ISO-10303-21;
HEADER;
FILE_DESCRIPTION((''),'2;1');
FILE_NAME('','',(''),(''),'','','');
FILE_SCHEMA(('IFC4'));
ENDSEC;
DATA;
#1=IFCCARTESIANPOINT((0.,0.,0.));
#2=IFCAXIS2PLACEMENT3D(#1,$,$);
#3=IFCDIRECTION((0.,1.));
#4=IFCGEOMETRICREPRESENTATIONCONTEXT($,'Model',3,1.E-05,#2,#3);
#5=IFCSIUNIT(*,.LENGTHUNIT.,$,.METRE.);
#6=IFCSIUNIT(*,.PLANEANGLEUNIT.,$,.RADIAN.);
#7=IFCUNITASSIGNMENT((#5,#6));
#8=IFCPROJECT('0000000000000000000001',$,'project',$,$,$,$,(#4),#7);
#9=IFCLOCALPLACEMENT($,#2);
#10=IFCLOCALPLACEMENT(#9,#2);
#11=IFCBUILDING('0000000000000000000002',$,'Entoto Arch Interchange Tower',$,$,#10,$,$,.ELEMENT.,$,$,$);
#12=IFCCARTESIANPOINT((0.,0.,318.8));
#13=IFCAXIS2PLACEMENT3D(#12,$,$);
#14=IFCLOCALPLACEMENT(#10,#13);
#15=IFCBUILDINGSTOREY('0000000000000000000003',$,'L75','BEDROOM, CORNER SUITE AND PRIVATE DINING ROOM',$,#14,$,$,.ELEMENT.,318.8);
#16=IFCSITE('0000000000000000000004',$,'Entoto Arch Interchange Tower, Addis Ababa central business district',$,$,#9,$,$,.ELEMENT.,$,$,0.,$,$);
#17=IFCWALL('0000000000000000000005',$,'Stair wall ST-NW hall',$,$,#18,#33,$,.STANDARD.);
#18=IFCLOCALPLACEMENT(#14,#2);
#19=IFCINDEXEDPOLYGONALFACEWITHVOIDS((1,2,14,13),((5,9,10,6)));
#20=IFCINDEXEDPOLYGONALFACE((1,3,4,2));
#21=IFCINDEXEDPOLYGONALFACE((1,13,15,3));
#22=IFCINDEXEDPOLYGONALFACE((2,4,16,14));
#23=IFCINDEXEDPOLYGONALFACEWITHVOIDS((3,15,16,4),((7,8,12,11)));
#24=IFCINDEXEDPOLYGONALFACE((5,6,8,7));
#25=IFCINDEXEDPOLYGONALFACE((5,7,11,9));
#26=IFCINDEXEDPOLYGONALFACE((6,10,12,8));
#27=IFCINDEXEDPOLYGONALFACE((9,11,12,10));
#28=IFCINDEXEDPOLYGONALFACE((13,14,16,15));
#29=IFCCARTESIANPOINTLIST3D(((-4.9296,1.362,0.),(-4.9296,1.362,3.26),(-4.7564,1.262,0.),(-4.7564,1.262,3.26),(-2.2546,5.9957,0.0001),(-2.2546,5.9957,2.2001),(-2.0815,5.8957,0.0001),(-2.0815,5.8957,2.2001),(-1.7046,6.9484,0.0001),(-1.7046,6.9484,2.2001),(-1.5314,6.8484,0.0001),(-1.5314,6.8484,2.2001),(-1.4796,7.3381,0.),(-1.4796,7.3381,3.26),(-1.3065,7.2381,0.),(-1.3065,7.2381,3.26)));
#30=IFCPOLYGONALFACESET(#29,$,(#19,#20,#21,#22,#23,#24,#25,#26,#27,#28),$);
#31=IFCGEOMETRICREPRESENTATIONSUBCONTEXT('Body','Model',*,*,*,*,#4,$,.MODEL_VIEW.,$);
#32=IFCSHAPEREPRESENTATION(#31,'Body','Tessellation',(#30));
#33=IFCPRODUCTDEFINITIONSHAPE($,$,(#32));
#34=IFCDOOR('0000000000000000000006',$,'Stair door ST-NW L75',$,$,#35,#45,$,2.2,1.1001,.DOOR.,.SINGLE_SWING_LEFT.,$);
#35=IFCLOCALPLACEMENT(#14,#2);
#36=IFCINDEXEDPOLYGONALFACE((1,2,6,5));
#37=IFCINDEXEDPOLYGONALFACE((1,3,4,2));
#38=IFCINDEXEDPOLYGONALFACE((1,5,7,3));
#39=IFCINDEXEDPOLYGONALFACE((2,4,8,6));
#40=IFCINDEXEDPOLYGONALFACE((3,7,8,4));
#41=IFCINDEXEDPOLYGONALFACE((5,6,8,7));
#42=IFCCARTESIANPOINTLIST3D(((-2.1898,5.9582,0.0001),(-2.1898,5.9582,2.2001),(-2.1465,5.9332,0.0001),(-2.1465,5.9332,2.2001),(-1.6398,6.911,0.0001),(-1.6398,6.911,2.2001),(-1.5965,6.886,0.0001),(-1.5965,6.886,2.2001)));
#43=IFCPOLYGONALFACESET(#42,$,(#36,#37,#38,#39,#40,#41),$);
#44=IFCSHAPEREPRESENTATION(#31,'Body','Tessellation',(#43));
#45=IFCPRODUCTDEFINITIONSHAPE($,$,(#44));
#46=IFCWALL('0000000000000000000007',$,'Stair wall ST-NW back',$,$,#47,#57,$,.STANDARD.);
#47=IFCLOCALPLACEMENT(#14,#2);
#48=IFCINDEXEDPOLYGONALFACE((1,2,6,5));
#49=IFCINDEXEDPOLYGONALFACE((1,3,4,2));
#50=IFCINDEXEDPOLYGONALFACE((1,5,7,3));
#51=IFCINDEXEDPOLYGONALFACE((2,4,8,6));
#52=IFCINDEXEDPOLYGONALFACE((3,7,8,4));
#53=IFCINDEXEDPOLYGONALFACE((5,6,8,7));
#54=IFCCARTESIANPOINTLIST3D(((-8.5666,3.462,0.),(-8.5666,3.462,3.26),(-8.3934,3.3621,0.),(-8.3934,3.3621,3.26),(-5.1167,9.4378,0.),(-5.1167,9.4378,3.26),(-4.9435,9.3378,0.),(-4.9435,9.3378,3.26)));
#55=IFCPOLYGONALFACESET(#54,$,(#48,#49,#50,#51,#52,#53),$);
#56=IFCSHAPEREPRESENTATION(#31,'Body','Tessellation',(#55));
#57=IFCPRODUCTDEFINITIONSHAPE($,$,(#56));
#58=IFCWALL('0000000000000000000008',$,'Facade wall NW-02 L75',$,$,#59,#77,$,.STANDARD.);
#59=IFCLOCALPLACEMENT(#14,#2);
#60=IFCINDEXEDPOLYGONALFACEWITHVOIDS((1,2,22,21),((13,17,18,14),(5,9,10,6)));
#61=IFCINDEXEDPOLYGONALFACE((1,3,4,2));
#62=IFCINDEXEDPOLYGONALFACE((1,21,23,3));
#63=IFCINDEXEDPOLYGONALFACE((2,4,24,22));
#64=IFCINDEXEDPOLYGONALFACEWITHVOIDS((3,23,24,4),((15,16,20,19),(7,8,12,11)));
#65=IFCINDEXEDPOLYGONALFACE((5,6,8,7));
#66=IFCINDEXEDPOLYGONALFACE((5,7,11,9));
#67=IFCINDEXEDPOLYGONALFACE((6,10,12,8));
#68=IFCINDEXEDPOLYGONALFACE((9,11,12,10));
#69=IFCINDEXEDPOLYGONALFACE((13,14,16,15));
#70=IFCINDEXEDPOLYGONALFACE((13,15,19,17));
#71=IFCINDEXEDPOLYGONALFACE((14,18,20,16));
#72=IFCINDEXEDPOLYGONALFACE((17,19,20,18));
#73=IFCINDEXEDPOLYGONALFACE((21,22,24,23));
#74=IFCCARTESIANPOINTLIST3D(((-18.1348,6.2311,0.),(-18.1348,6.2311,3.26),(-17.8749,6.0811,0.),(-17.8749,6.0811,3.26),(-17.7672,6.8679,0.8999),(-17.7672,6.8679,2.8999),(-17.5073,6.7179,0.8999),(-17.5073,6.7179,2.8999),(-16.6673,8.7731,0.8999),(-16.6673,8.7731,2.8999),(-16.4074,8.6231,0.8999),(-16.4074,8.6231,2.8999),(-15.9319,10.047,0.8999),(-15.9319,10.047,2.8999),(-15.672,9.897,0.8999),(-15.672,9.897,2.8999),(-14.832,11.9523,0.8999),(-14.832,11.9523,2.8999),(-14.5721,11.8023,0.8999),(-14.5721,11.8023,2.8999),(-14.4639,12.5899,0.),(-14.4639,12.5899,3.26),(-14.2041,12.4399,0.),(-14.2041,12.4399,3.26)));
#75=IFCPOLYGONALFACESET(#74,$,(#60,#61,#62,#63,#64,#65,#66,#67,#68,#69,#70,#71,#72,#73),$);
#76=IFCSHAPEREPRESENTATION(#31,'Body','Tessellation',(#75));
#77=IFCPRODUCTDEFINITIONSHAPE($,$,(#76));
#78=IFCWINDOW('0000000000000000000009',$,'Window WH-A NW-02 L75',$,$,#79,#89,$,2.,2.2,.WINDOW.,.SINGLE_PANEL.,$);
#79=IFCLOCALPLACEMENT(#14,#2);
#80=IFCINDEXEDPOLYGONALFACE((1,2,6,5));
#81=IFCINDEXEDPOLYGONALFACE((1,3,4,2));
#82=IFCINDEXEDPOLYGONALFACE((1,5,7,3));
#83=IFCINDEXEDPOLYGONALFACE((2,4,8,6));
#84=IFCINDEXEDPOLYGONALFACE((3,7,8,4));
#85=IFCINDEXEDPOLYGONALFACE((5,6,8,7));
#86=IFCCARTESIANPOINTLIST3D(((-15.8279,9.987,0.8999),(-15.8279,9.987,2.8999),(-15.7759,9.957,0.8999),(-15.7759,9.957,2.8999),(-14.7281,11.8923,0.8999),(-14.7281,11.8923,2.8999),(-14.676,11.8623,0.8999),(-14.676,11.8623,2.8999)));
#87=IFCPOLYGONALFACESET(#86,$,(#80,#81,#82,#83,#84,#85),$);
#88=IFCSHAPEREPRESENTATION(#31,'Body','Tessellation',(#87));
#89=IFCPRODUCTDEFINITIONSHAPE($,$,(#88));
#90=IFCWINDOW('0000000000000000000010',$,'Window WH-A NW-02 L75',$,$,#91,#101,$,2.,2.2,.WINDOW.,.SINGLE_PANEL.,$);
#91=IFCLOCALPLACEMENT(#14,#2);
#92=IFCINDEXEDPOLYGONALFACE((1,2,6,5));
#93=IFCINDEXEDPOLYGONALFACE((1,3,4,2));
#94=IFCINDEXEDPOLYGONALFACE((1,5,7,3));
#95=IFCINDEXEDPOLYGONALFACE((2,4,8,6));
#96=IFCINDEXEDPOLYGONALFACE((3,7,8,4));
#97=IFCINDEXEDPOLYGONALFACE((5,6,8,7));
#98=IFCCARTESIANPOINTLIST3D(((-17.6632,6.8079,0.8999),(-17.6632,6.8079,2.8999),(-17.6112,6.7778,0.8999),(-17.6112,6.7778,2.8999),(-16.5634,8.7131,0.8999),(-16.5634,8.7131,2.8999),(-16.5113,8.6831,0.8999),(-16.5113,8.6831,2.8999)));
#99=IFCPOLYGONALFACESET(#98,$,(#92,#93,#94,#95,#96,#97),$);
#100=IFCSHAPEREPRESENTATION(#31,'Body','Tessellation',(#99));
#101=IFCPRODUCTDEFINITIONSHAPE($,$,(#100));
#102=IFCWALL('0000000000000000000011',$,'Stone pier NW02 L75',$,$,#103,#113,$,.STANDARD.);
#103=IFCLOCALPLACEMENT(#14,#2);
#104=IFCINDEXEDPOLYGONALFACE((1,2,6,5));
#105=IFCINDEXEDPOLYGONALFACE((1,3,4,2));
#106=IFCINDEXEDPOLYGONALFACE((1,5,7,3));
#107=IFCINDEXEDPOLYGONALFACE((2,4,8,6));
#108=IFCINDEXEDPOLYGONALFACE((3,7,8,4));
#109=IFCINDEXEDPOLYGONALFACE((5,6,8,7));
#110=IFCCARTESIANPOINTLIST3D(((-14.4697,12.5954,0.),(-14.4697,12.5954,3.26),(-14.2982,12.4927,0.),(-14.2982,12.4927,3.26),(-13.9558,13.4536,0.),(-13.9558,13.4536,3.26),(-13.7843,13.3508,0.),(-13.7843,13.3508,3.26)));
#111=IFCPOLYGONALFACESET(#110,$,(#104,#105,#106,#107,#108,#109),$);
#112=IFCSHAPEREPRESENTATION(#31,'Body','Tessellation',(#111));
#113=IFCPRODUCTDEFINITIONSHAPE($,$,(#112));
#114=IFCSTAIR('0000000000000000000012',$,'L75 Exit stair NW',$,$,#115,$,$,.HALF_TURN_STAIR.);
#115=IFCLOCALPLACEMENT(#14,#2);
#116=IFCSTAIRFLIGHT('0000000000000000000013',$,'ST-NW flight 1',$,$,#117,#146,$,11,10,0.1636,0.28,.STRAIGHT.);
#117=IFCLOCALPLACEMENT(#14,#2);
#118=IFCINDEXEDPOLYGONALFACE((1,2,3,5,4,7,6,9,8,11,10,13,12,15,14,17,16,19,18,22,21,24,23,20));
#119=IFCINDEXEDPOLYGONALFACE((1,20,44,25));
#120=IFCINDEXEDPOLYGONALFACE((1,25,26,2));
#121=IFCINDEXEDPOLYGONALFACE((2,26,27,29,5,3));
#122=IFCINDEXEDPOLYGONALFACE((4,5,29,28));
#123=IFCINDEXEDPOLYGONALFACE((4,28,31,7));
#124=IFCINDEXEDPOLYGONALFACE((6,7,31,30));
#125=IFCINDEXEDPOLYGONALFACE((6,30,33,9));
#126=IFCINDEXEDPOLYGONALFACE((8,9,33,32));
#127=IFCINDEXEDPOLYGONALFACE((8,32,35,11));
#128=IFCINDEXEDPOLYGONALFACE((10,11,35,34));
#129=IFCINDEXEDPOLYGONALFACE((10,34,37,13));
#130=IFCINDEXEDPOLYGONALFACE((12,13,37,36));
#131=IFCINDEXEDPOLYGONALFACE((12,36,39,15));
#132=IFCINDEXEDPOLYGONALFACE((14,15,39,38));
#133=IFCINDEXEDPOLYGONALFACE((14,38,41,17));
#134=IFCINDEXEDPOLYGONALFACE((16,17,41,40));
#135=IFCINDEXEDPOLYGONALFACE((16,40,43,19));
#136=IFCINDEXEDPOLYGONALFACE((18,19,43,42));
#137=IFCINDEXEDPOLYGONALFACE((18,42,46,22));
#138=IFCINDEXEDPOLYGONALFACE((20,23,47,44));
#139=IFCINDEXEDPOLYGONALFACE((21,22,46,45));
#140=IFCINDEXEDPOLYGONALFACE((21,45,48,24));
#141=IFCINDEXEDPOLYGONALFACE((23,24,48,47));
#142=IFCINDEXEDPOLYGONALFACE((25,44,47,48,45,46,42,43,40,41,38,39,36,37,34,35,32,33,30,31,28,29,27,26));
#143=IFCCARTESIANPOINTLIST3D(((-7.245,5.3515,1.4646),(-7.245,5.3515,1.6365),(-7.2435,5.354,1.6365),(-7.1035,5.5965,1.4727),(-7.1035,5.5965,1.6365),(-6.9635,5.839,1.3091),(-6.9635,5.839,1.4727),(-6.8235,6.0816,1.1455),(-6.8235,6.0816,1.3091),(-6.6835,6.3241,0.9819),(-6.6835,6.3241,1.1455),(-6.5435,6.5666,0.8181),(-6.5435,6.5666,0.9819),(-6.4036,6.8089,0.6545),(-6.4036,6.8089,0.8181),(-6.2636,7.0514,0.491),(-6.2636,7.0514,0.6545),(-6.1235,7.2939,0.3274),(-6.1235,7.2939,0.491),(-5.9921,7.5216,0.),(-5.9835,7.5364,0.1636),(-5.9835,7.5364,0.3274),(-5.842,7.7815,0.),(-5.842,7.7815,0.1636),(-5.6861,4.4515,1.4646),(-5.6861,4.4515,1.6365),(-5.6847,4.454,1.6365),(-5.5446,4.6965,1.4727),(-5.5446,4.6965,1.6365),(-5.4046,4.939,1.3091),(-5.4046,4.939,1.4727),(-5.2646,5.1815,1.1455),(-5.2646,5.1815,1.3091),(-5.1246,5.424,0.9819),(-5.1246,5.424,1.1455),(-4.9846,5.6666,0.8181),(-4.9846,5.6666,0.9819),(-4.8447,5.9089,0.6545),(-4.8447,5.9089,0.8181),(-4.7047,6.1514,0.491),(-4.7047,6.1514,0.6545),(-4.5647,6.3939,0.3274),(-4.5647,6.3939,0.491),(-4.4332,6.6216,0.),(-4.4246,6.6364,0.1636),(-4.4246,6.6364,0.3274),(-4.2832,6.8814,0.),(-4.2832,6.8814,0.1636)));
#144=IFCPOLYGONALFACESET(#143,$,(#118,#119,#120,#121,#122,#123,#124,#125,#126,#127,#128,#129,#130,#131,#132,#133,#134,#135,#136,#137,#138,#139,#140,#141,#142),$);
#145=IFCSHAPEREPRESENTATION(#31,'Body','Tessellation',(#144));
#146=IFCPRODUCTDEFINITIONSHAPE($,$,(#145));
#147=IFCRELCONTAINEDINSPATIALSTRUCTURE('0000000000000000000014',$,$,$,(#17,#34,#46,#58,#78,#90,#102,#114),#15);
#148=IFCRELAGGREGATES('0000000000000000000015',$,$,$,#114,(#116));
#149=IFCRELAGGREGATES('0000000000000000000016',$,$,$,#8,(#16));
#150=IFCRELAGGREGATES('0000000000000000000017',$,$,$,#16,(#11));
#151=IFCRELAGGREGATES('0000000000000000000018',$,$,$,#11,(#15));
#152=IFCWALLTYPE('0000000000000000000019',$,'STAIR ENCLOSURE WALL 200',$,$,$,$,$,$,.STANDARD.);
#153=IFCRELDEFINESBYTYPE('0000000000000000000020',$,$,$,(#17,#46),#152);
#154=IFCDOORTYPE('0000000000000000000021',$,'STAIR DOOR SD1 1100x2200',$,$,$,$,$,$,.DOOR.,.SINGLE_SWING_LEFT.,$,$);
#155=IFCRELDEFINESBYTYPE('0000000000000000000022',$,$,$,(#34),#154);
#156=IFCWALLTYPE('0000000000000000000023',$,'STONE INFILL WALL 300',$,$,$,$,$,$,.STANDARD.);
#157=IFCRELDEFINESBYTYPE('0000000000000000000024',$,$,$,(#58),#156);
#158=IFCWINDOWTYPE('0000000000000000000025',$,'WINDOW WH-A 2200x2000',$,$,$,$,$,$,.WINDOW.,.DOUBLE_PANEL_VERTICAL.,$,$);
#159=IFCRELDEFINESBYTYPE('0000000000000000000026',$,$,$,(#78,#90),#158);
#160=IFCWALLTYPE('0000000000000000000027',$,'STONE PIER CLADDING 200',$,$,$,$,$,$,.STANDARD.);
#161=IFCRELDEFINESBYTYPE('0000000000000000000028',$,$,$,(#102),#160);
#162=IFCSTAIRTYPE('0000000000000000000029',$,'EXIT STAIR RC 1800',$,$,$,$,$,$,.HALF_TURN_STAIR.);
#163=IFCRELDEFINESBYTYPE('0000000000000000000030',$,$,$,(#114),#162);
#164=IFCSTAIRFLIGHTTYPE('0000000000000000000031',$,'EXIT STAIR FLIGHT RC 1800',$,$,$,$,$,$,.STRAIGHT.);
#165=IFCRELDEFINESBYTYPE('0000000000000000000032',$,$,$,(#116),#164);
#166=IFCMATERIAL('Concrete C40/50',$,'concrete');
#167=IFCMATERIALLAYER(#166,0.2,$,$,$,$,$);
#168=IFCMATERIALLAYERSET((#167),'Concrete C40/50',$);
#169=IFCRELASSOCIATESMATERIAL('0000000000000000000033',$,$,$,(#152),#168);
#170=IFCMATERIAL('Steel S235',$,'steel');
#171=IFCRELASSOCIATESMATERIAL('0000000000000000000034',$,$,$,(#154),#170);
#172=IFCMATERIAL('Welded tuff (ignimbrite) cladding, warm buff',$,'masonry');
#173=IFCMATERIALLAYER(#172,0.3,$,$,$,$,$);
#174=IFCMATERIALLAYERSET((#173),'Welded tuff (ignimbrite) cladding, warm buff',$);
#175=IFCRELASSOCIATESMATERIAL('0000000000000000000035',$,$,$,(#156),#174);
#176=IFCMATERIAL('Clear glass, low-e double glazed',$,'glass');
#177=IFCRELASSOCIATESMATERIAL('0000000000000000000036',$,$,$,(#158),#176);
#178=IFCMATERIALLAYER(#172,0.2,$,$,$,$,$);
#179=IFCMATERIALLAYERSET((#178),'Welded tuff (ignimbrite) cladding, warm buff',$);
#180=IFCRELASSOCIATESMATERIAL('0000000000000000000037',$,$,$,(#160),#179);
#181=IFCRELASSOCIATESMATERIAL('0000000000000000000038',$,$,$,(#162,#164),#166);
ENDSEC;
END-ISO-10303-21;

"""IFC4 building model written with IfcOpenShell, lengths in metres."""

from ifc_helpers import new_model, si_unit, direction, frame, frame_2d, origin, place, context, subcontext, project, spatial, polyline, rectangle, outline, extrude, material, layer, layer_set, type_object, element, fill, aggregate, save


model = new_model("IFC4")

# Units and contexts
model_context = context("Model", 3, precision=1e-05, world=origin(), true_north=direction((0.0, 1.0)))
body_context = subcontext(model_context, "Body", "Model", "MODEL_VIEW")
ifc_project = project(units=[si_unit("LENGTHUNIT", "METRE"), si_unit("PLANEANGLEUNIT", "RADIAN")], contexts=[model_context])

# Site, building, storey
site_placement = place(None, origin())
site = spatial("IfcSite", under=ifc_project, at=site_placement, Name="Entoto Arch Interchange Tower, Addis Ababa central business district", CompositionType="ELEMENT", RefElevation=0.0)
building_placement = place(site_placement, origin())
building = spatial("IfcBuilding", under=site, at=building_placement, Name="Entoto Arch Interchange Tower", CompositionType="ELEMENT")
storey_placement = place(building_placement, frame((0.0, 0.0, 318.8)))
storey = spatial("IfcBuildingStorey", under=building, at=storey_placement, Name="L75", Description="BEDROOM, CORNER SUITE AND PRIVATE DINING ROOM", CompositionType="ELEMENT", Elevation=318.8)

# Shared definitions
ifc_material_1 = material(Name="Concrete C40/50", Category="concrete")

# Wall, opening, door
ifc_layer_1 = layer(ifc_material_1, 0.2)
ifc_layer_set_1 = layer_set([ifc_layer_1], Name="Concrete C40/50")
wall_type_1 = type_object("IfcWallType", Name="STAIR ENCLOSURE WALL 200", PredefinedType="STANDARD", material=ifc_layer_set_1)
ifc_material_2 = material(Name="Steel S235", Category="steel")
door_type_1 = type_object("IfcDoorType", Name="STAIR DOOR SD1 1100x2200", OperationType="SINGLE_SWING_LEFT", PredefinedType="DOOR", material=ifc_material_2)
wall_1_placement = place(storey_placement, frame((-1.3931, 7.2881, 0.0), z_axis=(0.0, 0.0, 1.0), x_axis=(-0.499963, -0.866047, 0.0)))
wall_1 = element("IfcWall", 1, at=wall_1_placement, inside=storey, type_object=wall_type_1, Name="Stair wall ST-NW hall", PredefinedType="STANDARD", context=body_context, shape_type="SweptSolid", body=[
    extrude(rectangle(XDim=6.9004, YDim=0.2, at=frame_2d((3.4502, 0.0))), origin(), (0.0, 0.0, 1.0), 3.26),
])
opening_1_placement = place(wall_1_placement, frame((0.45, 0.0, 0.0)))
opening_1 = element("IfcOpeningElement", 2, at=opening_1_placement, cuts=wall_1, PredefinedType="OPENING", context=body_context, shape_type="SweptSolid", body=[
    extrude(rectangle(XDim=1.1001, YDim=2.2, at=frame_2d((0.55, 1.1001))), frame((0.0, 0.1099, 0.0), z_axis=(0.0, -1.0, 0.0), x_axis=(1.0, 0.0, 0.0)), (0.0, 0.0, 1.0), 0.22),
])
door_1_placement = place(opening_1_placement, origin())
door_1 = element("IfcDoor", 3, at=door_1_placement, inside=storey, type_object=door_type_1, Name="Stair door ST-NW L75", OperationType="SINGLE_SWING_LEFT", OverallHeight=2.2, OverallWidth=1.1001, PredefinedType="DOOR", context=body_context, shape_type="SweptSolid", body=[
    extrude(rectangle(XDim=1.1001, YDim=2.2, at=frame_2d((0.55, 1.1001))), frame((0.0, 0.0249, 0.0), z_axis=(0.0, -1.0, 0.0), x_axis=(1.0, 0.0, 0.0)), (0.0, 0.0, 1.0), 0.05),
])
fill(opening_1, door_1)

# Wall
wall_2_placement = place(storey_placement, frame((-5.03, 9.3879, 0.0), z_axis=(0.0, 0.0, 1.0), x_axis=(-0.499979, -0.866038, 0.0)))
element("IfcWall", 4, at=wall_2_placement, inside=storey, type_object=wall_type_1, Name="Stair wall ST-NW back", PredefinedType="STANDARD", context=body_context, shape_type="SweptSolid", body=[
    extrude(rectangle(XDim=6.9001, YDim=0.2, at=frame_2d((3.4502, 0.0))), origin(), (0.0, 0.0, 1.0), 3.26),
])

# Wall, openings, windows
ifc_material_3 = material(Name="Welded tuff (ignimbrite) cladding, warm buff", Category="masonry")
ifc_layer_2 = layer(ifc_material_3, 0.3)
ifc_layer_set_2 = layer_set([ifc_layer_2], Name="Welded tuff (ignimbrite) cladding, warm buff")
wall_type_2 = type_object("IfcWallType", Name="STONE INFILL WALL 300", PredefinedType="STANDARD", material=ifc_layer_set_2)
wall_3_placement = place(storey_placement, frame((-14.334, 12.5149, 0.0), z_axis=(0.0, 0.0, 1.0), x_axis=(-0.499958, -0.866049, 0.0)))
wall_3 = element("IfcWall", 5, at=wall_3_placement, inside=storey, type_object=wall_type_2, Name="Facade wall NW-02 L75", PredefinedType="STANDARD", context=body_context, shape_type="SweptSolid", body=[
    extrude(rectangle(XDim=7.3423, YDim=0.3, at=frame_2d((3.6711, 0.0))), origin(), (0.0, 0.0, 1.0), 3.26),
])
opening_2_placement = place(wall_3_placement, frame((0.7361, 0.0, 0.8999)))
opening_2 = element("IfcOpeningElement", 6, at=opening_2_placement, cuts=wall_3, PredefinedType="OPENING", context=body_context, shape_type="SweptSolid", body=[
    extrude(rectangle(XDim=2.2, YDim=2.0, at=frame_2d((1.1001, 1.0))), frame((0.0, 0.1602, 0.0), z_axis=(0.0, -1.0, 0.0), x_axis=(1.0, 0.0, 0.0)), (0.0, 0.0, 1.0), 0.3201),
])
opening_3_placement = place(wall_3_placement, frame((4.407, 0.0, 0.8999)))
opening_3 = element("IfcOpeningElement", 7, at=opening_3_placement, cuts=wall_3, PredefinedType="OPENING", context=body_context, shape_type="SweptSolid", body=[
    extrude(rectangle(XDim=2.2, YDim=2.0, at=frame_2d((1.1001, 1.0))), frame((0.0, 0.1602, 0.0), z_axis=(0.0, -1.0, 0.0), x_axis=(1.0, 0.0, 0.0)), (0.0, 0.0, 1.0), 0.3201),
])
ifc_material_4 = material(Name="Clear glass, low-e double glazed", Category="glass")
window_type = type_object("IfcWindowType", Name="WINDOW WH-A 2200x2000", PartitioningType="DOUBLE_PANEL_VERTICAL", PredefinedType="WINDOW", material=ifc_material_4)
window_1_placement = place(opening_2_placement, origin())
window_1 = element("IfcWindow", 8, at=window_1_placement, inside=storey, type_object=window_type, Name="Window WH-A NW-02 L75", OverallHeight=2.0, OverallWidth=2.2, PartitioningType="SINGLE_PANEL", PredefinedType="WINDOW", context=body_context, shape_type="SweptSolid", body=[
    extrude(rectangle(XDim=2.2, YDim=2.0, at=frame_2d((1.1001, 1.0))), frame((0.0, 0.03, 0.0), z_axis=(0.0, -1.0, 0.0), x_axis=(1.0, 0.0, 0.0)), (0.0, 0.0, 1.0), 0.0601),
])
fill(opening_2, window_1)
window_2_placement = place(opening_3_placement, origin())
window_2 = element("IfcWindow", 9, at=window_2_placement, inside=storey, type_object=window_type, Name="Window WH-A NW-02 L75", OverallHeight=2.0, OverallWidth=2.2, PartitioningType="SINGLE_PANEL", PredefinedType="WINDOW", context=body_context, shape_type="SweptSolid", body=[
    extrude(rectangle(XDim=2.2, YDim=2.0, at=frame_2d((1.1001, 1.0))), frame((0.0, 0.03, 0.0), z_axis=(0.0, -1.0, 0.0), x_axis=(1.0, 0.0, 0.0)), (0.0, 0.0, 1.0), 0.0601),
])
fill(opening_3, window_2)

# Wall
ifc_layer_3 = layer(ifc_material_3, 0.2)
ifc_layer_set_3 = layer_set([ifc_layer_3], Name="Welded tuff (ignimbrite) cladding, warm buff")
wall_type_3 = type_object("IfcWallType", Name="STONE PIER CLADDING 200", PredefinedType="STANDARD", material=ifc_layer_set_3)
wall_4_placement = place(storey_placement, frame((-13.8701, 13.4021, 0.0), z_axis=(0.0, 0.0, 1.0), x_axis=(-0.513778, -0.857923, 0.0)))
element("IfcWall", 10, at=wall_4_placement, inside=storey, type_object=wall_type_3, Name="Stone pier NW02 L75", PredefinedType="STANDARD", context=body_context, shape_type="SweptSolid", body=[
    extrude(rectangle(XDim=1.0002, YDim=0.2, at=frame_2d((0.5, 0.0))), origin(), (0.0, 0.0, 1.0), 3.26),
])

# Stair, stair flight
stair_type = type_object("IfcStairType", Name="EXIT STAIR RC 1800", PredefinedType="HALF_TURN_STAIR", material=ifc_material_1)
stair_placement = place(storey_placement, origin())
stair = element("IfcStair", 11, at=stair_placement, inside=storey, type_object=stair_type, Name="L75 Exit stair NW", PredefinedType="HALF_TURN_STAIR")
stair_flight_type = type_object("IfcStairFlightType", Name="EXIT STAIR FLIGHT RC 1800", PredefinedType="STRAIGHT", material=ifc_material_1)
stair_flight_placement = place(storey_placement, frame((-5.064, 7.3289, 0.0), z_axis=(0.0, 0.0, 1.0), x_axis=(-0.5, -0.866025, 0.0)))
stair_flight = element("IfcStairFlight", 12, at=stair_flight_placement, type_object=stair_flight_type, Name="ST-NW flight 1", NumberOfRisers=11, NumberOfTreads=10, PredefinedType="STRAIGHT", RiserHeight=0.1636, TreadLength=0.28, context=body_context, shape_type="SweptSolid", body=[
    extrude(outline(polyline([(-0.0029, 0.0), (-0.0029, 0.1636), (0.28, 0.1636), (0.28, 0.3274), (0.5601, 0.3274), (0.5601, 0.491), (0.8401, 0.491), (0.8401, 0.6545), (1.1201, 0.6545), (1.1201, 0.8181), (1.3999, 0.8181), (1.3999, 0.9819), (1.6799, 0.9819), (1.6799, 1.1455), (1.96, 1.1455), (1.96, 1.3091), (2.24, 1.3091), (2.24, 1.4727), (2.52, 1.4727), (2.52, 1.6365), (2.8, 1.6365), (2.803, 1.6365), (2.803, 1.4646), (0.2971, 0.0), (-0.0029, 0.0)])), frame((0.0, 0.8999, 0.0), z_axis=(0.0, -1.0, 0.0), x_axis=(1.0, 0.0, 0.0)), (0.0, 0.0, 1.0), 1.8),
])
aggregate(stair, [stair_flight])

save(model, "model.ifc")
